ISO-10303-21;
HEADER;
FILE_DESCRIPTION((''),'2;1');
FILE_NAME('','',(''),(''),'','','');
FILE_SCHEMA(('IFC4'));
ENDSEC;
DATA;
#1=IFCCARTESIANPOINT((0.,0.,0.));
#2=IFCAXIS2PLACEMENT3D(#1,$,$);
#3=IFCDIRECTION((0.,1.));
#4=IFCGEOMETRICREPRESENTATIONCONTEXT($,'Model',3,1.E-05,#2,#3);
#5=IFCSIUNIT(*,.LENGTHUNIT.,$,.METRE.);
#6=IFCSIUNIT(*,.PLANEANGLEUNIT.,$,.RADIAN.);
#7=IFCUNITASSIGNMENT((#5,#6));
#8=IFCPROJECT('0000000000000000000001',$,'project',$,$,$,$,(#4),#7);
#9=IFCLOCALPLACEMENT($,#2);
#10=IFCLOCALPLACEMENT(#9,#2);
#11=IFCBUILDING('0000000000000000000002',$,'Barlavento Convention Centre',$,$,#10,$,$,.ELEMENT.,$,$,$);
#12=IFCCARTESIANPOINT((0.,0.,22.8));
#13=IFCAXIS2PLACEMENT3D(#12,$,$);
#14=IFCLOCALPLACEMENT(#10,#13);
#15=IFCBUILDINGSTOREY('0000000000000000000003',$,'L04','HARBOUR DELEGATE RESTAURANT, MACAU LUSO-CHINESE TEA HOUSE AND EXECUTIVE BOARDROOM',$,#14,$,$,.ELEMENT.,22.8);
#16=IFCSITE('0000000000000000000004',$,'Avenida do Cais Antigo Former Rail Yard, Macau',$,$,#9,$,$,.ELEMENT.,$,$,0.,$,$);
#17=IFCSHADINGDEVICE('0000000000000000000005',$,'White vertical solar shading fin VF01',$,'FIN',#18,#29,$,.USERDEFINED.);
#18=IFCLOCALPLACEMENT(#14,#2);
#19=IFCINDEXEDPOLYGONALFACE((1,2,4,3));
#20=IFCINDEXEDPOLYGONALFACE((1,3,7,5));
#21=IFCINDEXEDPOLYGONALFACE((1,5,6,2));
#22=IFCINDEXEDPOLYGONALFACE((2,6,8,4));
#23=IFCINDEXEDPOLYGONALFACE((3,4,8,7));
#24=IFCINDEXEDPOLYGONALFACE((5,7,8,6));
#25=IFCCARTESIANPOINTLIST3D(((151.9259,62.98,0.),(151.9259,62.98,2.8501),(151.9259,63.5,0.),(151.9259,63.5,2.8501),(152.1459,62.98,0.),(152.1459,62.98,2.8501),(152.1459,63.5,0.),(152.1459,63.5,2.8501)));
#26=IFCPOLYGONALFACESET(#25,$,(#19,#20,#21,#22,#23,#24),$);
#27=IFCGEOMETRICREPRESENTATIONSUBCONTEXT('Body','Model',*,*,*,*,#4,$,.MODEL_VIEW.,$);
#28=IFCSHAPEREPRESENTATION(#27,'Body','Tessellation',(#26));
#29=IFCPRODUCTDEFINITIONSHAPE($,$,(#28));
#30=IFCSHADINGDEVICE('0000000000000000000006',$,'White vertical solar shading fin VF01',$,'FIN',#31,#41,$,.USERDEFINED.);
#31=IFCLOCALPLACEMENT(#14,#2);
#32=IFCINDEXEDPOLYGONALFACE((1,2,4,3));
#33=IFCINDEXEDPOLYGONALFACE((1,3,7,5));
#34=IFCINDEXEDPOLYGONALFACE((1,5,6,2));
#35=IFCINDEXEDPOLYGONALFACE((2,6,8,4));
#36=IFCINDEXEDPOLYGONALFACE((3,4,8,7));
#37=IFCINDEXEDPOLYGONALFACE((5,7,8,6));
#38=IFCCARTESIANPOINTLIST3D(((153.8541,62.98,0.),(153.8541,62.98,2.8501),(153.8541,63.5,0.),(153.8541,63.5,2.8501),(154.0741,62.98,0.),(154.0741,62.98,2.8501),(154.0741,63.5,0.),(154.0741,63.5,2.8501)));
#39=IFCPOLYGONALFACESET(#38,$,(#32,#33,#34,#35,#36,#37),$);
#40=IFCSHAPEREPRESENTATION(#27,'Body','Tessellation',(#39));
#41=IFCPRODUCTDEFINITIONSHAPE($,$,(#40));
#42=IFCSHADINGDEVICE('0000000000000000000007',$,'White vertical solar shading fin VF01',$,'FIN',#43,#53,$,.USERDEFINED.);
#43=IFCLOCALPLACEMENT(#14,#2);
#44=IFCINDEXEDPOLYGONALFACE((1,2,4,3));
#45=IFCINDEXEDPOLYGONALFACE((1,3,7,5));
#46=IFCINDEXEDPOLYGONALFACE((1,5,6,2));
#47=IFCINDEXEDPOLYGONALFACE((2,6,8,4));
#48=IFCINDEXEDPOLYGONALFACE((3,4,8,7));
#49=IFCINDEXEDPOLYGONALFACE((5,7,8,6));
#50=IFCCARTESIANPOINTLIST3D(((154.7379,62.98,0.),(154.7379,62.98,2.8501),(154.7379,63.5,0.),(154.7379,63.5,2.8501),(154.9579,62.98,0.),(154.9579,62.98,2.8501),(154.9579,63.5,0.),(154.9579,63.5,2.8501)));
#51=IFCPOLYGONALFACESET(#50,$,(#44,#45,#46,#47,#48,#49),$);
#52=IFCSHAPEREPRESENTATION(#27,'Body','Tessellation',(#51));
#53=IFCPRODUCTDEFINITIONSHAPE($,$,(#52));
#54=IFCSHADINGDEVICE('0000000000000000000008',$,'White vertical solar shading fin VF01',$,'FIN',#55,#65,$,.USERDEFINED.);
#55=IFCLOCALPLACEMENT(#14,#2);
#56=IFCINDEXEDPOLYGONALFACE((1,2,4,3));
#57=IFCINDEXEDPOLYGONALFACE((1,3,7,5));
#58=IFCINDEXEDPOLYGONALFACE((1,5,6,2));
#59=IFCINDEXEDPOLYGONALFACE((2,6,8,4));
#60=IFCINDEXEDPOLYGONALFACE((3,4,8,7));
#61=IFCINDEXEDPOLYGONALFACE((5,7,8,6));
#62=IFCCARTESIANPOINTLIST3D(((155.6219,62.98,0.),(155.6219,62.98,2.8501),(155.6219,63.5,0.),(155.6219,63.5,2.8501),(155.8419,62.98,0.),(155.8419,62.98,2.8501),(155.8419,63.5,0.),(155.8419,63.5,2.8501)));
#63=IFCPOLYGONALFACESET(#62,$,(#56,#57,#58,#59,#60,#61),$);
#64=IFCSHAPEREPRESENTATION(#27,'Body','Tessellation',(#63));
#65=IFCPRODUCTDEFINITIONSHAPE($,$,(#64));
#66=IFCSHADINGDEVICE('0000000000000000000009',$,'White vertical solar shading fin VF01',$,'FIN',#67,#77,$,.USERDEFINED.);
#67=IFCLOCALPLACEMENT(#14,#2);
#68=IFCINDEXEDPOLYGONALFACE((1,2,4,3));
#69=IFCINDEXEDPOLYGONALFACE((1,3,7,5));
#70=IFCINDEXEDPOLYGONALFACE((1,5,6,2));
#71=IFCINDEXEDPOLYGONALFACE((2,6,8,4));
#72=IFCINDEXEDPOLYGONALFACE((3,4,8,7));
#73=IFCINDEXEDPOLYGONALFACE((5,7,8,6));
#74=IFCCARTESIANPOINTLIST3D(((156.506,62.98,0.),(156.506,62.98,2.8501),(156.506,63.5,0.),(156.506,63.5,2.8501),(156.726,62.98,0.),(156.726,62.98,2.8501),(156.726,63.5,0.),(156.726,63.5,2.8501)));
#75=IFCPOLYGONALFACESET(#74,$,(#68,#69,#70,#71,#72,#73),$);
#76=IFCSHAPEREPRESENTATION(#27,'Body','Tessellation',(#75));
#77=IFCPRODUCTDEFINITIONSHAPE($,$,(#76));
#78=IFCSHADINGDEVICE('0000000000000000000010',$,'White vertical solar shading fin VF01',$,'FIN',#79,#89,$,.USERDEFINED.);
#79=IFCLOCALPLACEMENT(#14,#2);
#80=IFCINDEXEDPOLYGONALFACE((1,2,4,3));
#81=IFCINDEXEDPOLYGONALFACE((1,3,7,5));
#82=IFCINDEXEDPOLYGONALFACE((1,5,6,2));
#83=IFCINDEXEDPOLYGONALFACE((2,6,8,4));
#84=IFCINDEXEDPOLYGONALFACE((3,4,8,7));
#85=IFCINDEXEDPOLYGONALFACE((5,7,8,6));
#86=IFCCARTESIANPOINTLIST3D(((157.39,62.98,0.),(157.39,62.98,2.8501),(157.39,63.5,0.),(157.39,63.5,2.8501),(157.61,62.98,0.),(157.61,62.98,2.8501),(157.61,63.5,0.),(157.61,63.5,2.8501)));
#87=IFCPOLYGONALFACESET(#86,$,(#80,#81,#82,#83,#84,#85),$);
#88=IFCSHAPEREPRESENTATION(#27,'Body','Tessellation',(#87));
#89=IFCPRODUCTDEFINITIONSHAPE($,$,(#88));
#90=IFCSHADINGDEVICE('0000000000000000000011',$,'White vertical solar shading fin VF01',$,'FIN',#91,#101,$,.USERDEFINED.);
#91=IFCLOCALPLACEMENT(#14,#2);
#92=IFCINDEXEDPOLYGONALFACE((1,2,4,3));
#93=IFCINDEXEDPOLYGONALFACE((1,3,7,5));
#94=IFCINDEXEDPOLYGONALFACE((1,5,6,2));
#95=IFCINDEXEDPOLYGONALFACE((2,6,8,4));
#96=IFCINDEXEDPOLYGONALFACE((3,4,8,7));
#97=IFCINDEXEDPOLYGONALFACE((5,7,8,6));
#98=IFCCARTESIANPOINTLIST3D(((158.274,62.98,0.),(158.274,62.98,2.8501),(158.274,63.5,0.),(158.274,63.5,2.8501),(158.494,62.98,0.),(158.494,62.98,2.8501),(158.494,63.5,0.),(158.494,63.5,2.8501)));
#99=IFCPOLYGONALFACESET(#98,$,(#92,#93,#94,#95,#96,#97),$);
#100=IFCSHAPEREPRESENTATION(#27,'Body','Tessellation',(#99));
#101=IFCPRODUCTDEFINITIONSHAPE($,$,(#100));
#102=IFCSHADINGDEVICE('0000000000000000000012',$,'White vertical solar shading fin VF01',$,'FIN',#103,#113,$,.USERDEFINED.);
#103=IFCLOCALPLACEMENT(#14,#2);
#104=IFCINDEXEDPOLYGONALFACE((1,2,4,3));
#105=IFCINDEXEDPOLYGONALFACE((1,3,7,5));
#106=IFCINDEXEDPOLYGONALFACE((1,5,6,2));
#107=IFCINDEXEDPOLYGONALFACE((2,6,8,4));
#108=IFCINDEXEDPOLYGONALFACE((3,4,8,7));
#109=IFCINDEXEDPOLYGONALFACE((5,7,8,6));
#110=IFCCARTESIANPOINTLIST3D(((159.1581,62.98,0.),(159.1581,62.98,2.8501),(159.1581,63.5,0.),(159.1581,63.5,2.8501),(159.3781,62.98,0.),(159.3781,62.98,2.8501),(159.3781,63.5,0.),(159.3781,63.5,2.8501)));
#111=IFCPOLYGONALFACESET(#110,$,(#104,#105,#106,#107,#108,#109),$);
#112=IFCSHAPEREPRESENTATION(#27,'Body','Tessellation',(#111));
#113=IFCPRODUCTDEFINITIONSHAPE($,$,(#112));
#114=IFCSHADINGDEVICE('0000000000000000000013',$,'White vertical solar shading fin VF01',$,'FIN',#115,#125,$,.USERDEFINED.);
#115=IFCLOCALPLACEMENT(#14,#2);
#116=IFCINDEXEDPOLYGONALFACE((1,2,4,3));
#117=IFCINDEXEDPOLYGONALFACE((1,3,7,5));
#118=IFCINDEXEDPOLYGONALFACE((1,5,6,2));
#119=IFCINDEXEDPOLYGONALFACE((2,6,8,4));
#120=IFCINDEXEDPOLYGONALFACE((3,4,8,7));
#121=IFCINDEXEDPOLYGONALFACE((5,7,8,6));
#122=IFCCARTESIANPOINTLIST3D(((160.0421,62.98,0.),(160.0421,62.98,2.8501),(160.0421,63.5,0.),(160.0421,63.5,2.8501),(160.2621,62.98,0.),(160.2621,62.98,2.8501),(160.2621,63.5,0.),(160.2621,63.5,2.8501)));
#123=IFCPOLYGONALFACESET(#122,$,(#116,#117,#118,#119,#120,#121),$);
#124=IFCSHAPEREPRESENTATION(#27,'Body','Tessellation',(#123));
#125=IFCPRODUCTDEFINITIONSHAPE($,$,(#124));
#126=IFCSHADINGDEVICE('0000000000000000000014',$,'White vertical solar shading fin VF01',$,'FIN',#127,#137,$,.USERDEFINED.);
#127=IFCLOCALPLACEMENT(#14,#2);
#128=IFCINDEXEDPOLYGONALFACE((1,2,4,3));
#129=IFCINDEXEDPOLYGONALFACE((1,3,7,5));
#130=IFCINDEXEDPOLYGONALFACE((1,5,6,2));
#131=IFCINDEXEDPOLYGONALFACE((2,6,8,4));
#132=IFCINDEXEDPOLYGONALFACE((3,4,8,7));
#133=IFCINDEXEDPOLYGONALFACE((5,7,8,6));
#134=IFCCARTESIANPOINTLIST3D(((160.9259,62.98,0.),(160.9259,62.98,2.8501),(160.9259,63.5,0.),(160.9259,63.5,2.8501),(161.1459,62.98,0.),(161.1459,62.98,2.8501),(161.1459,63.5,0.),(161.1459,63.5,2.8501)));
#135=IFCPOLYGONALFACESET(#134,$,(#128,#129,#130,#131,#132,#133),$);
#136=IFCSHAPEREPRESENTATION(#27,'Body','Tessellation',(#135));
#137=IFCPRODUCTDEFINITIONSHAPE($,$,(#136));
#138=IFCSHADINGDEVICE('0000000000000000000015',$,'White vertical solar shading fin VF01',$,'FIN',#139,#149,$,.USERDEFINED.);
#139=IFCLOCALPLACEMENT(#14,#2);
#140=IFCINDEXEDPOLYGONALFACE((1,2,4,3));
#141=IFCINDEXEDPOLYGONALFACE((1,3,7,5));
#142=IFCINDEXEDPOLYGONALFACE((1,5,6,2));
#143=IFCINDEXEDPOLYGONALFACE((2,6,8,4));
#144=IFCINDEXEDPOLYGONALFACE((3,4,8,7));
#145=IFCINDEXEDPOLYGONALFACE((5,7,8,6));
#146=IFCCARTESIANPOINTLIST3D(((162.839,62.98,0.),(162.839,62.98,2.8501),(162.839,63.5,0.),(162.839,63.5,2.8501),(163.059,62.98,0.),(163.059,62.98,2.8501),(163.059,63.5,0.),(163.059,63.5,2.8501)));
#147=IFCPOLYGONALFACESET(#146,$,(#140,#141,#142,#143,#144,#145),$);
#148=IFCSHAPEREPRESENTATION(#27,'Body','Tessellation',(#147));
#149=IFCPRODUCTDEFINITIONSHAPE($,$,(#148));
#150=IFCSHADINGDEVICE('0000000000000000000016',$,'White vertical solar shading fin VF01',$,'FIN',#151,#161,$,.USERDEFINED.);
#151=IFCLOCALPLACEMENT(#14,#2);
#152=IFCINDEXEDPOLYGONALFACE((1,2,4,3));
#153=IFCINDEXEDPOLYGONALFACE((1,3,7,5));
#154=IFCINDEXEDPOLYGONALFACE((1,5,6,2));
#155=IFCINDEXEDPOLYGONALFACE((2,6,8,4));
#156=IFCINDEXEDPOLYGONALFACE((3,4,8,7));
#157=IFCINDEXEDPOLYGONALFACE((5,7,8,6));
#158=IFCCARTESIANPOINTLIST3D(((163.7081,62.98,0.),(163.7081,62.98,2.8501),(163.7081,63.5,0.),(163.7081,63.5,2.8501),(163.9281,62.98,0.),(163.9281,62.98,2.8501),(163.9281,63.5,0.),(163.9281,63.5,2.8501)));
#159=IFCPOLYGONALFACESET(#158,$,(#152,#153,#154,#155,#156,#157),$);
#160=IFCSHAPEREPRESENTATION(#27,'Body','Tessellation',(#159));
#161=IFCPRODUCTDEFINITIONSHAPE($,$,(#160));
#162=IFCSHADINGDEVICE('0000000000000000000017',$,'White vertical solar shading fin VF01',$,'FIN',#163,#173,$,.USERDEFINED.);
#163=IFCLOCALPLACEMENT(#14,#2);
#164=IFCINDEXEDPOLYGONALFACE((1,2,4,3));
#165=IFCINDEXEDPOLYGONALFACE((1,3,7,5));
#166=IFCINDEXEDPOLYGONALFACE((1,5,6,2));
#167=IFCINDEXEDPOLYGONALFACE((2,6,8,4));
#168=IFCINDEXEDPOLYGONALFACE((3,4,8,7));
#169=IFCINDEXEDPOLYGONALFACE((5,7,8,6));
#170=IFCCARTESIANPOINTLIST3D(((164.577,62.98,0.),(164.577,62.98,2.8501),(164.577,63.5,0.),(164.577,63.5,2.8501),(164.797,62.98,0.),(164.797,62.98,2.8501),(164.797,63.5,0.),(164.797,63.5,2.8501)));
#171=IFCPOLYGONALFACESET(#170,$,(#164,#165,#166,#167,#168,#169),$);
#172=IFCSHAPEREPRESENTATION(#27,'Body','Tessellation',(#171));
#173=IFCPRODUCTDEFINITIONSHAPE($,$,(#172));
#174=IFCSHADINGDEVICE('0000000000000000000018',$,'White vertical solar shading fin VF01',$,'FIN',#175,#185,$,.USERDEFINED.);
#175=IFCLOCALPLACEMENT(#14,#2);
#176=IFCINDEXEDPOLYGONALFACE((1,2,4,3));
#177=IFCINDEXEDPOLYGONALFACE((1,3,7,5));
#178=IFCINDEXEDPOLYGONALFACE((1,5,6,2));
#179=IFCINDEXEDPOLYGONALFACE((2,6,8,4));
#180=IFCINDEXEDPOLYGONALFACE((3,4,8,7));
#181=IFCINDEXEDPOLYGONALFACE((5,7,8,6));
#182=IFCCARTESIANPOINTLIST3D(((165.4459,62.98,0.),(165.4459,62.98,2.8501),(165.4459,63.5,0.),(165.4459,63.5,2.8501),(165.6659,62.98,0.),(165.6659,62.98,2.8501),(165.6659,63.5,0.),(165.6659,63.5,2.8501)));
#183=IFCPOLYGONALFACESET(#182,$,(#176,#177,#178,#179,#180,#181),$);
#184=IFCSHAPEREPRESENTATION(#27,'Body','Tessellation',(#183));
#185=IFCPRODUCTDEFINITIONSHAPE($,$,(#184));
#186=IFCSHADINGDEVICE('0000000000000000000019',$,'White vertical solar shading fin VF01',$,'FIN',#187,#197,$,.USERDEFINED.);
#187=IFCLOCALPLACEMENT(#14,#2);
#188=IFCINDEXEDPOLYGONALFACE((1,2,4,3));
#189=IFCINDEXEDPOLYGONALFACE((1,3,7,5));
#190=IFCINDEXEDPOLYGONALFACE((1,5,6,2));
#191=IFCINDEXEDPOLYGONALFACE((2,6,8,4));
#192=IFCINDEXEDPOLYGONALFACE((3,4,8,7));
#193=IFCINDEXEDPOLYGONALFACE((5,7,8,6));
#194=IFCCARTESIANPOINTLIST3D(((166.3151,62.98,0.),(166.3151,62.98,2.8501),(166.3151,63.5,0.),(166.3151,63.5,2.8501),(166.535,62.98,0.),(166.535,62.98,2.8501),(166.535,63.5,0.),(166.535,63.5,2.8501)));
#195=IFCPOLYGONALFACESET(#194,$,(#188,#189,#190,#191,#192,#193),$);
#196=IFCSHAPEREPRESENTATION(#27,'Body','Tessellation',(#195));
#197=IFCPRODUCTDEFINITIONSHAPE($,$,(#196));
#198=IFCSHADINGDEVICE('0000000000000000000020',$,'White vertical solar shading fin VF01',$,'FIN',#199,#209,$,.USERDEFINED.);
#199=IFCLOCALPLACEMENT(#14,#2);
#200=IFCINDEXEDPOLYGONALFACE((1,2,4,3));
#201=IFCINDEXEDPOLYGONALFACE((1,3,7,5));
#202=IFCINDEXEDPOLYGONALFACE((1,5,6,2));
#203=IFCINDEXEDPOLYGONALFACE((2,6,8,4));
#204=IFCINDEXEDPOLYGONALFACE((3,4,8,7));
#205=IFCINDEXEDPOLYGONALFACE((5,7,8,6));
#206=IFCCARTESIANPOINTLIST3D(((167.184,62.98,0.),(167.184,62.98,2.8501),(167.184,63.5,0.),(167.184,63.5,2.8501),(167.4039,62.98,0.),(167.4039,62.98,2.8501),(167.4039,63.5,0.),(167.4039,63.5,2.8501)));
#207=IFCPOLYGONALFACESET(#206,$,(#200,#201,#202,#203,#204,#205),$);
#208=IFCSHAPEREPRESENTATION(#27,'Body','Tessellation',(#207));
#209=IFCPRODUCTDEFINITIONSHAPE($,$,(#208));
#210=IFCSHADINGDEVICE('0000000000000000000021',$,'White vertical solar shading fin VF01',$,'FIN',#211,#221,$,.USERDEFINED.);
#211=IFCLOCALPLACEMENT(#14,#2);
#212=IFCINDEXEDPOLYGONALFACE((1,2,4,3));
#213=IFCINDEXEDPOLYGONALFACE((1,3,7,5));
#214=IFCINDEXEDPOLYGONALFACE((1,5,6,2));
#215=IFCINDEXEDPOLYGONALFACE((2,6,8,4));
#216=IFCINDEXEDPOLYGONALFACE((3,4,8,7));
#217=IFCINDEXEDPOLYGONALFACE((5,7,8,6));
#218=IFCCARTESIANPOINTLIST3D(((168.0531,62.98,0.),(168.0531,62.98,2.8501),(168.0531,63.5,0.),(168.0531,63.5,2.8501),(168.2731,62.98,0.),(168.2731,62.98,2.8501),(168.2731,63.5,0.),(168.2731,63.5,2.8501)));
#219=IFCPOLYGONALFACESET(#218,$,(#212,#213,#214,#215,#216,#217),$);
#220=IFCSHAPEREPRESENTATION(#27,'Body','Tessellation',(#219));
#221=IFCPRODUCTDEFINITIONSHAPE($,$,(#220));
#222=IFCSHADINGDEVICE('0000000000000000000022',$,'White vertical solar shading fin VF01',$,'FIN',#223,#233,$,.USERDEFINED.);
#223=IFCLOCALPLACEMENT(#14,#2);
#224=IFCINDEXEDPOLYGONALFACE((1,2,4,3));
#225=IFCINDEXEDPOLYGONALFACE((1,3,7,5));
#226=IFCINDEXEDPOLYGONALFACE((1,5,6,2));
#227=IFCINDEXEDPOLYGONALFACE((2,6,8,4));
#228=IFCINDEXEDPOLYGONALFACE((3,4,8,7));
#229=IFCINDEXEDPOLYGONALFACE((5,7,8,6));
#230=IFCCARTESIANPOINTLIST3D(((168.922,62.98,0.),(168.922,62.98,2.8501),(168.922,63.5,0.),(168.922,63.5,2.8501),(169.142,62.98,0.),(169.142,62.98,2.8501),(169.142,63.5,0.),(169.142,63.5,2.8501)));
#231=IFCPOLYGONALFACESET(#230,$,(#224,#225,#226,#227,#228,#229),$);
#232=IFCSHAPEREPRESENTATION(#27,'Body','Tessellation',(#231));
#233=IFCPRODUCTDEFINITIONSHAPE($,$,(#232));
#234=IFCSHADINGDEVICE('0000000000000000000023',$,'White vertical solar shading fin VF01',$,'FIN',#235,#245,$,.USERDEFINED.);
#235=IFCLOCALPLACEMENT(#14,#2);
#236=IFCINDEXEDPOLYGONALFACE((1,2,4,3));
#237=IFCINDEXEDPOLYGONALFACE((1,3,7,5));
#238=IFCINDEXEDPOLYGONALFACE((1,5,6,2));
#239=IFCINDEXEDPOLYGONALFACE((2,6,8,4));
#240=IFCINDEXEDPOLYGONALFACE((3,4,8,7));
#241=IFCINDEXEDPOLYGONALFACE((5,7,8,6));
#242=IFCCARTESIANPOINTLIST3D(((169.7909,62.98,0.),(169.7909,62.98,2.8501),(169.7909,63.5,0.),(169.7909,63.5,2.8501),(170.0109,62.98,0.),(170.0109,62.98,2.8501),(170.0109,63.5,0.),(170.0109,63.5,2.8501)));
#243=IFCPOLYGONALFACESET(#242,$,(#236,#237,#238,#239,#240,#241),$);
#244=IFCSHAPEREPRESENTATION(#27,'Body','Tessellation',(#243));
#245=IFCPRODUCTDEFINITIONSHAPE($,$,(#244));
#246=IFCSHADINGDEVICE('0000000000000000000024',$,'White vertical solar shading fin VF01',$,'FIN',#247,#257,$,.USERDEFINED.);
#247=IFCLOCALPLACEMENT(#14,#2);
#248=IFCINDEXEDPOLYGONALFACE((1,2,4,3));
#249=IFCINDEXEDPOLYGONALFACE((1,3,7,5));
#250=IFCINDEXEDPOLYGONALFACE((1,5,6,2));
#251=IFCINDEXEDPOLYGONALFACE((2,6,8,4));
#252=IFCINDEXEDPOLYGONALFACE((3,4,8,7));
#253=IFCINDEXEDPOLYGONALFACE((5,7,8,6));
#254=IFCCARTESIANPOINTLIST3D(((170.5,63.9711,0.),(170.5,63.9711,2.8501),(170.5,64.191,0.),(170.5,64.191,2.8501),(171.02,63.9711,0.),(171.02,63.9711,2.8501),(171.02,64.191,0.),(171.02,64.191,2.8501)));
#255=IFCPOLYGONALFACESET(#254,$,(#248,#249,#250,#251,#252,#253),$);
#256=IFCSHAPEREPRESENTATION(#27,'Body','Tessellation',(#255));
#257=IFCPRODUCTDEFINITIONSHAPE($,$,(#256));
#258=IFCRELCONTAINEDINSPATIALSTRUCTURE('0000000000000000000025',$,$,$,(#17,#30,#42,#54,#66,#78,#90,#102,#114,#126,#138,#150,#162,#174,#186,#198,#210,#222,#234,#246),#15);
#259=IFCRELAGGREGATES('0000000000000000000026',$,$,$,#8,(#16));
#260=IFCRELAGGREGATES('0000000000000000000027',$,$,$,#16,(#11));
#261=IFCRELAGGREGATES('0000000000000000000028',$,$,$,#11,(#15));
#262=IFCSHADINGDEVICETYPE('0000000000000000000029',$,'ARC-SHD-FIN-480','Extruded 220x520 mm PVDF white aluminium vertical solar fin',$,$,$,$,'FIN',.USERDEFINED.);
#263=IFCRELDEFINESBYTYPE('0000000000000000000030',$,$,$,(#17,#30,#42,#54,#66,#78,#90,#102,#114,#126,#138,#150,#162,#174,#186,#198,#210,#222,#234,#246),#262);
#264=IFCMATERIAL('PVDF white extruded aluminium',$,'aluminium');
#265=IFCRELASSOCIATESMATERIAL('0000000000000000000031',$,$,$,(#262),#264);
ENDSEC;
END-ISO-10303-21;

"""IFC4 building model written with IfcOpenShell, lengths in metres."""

from ifc_helpers import new_model, si_unit, direction, frame, origin, origin_2d, place, context, subcontext, project, spatial, rectangle, extrude, material, type_object, element, save


model = new_model("IFC4")

# Units and contexts
model_context = context("Model", 3, precision=1e-05, world=origin(), true_north=direction((0.0, 1.0)))
body_context = subcontext(model_context, "Body", "Model", "MODEL_VIEW")
ifc_project = project(units=[si_unit("LENGTHUNIT", "METRE"), si_unit("PLANEANGLEUNIT", "RADIAN")], contexts=[model_context])

# Site, building, storey
site_placement = place(None, origin())
site = spatial("IfcSite", under=ifc_project, at=site_placement, Name="Avenida do Cais Antigo Former Rail Yard, Macau", CompositionType="ELEMENT", RefElevation=0.0)
building_placement = place(site_placement, origin())
building = spatial("IfcBuilding", under=site, at=building_placement, Name="Barlavento Convention Centre", CompositionType="ELEMENT")
storey_placement = place(building_placement, frame((0.0, 0.0, 22.8)))
storey = spatial("IfcBuildingStorey", under=building, at=storey_placement, Name="L04", Description="HARBOUR DELEGATE RESTAURANT, MACAU LUSO-CHINESE TEA HOUSE AND EXECUTIVE BOARDROOM", CompositionType="ELEMENT", Elevation=22.8)

# Shading devices
ifc_material = material(Name="PVDF white extruded aluminium", Category="aluminium")
shading_device_type = type_object("IfcShadingDeviceType", Name="ARC-SHD-FIN-480", Description="Extruded 220x520 mm PVDF white aluminium vertical solar fin", ElementType="FIN", PredefinedType="USERDEFINED", material=ifc_material)
for number, where, z_axis, x_axis, name in (
    (1, (152.0359, 63.24, 0.0), (0.0, 0.0, 1.0), (1.0, 0.0, 0.0), "White vertical solar shading fin VF01"),
    (2, (153.9641, 63.24, 0.0), (0.0, 0.0, 1.0), (1.0, 0.0, 0.0), "White vertical solar shading fin VF01"),
    (3, (154.8479, 63.24, 0.0), (0.0, 0.0, 1.0), (1.0, 0.0, 0.0), "White vertical solar shading fin VF01"),
    (4, (155.7319, 63.24, 0.0), (0.0, 0.0, 1.0), (1.0, 0.0, 0.0), "White vertical solar shading fin VF01"),
    (5, (156.616, 63.24, 0.0), (0.0, 0.0, 1.0), (1.0, 0.0, 0.0), "White vertical solar shading fin VF01"),
    (6, (157.5, 63.24, 0.0), (0.0, 0.0, 1.0), (1.0, 0.0, 0.0), "White vertical solar shading fin VF01"),
    (7, (158.384, 63.24, 0.0), (0.0, 0.0, 1.0), (1.0, 0.0, 0.0), "White vertical solar shading fin VF01"),
    (8, (159.2681, 63.24, 0.0), (0.0, 0.0, 1.0), (1.0, 0.0, 0.0), "White vertical solar shading fin VF01"),
    (9, (160.1521, 63.24, 0.0), (0.0, 0.0, 1.0), (1.0, 0.0, 0.0), "White vertical solar shading fin VF01"),
    (10, (161.0359, 63.24, 0.0), (0.0, 0.0, 1.0), (1.0, 0.0, 0.0), "White vertical solar shading fin VF01"),
    (11, (162.949, 63.24, 0.0), (0.0, 0.0, 1.0), (1.0, 0.0, 0.0), "White vertical solar shading fin VF01"),
    (12, (163.8181, 63.24, 0.0), (0.0, 0.0, 1.0), (1.0, 0.0, 0.0), "White vertical solar shading fin VF01"),
    (13, (164.687, 63.24, 0.0), (0.0, 0.0, 1.0), (1.0, 0.0, 0.0), "White vertical solar shading fin VF01"),
    (14, (165.5559, 63.24, 0.0), (0.0, 0.0, 1.0), (1.0, 0.0, 0.0), "White vertical solar shading fin VF01"),
    (15, (166.425, 63.24, 0.0), (0.0, 0.0, 1.0), (1.0, 0.0, 0.0), "White vertical solar shading fin VF01"),
    (16, (167.2939, 63.24, 0.0), (0.0, 0.0, 1.0), (1.0, 0.0, 0.0), "White vertical solar shading fin VF01"),
    (17, (168.1631, 63.24, 0.0), (0.0, 0.0, 1.0), (1.0, 0.0, 0.0), "White vertical solar shading fin VF01"),
    (18, (169.032, 63.24, 0.0), (0.0, 0.0, 1.0), (1.0, 0.0, 0.0), "White vertical solar shading fin VF01"),
    (19, (169.9009, 63.24, 0.0), (0.0, 0.0, 1.0), (1.0, 0.0, 0.0), "White vertical solar shading fin VF01"),
    (20, (170.76, 64.0811, 0.0), (0.0, 0.0, 1.0), (0.0, 1.0, 0.0), "White vertical solar shading fin VF01"),
):
    element("IfcShadingDevice", number, at=place(storey_placement, frame(where, z_axis=z_axis, x_axis=x_axis)), inside=storey, type_object=shading_device_type, Name=name, ObjectType="FIN", PredefinedType="USERDEFINED", context=body_context, shape_type="SweptSolid", body=[
        extrude(rectangle(XDim=0.22, YDim=0.52, at=origin_2d()), origin(), (0.0, 0.0, 1.0), 2.8501),
    ])

save(model, "model.ifc")
